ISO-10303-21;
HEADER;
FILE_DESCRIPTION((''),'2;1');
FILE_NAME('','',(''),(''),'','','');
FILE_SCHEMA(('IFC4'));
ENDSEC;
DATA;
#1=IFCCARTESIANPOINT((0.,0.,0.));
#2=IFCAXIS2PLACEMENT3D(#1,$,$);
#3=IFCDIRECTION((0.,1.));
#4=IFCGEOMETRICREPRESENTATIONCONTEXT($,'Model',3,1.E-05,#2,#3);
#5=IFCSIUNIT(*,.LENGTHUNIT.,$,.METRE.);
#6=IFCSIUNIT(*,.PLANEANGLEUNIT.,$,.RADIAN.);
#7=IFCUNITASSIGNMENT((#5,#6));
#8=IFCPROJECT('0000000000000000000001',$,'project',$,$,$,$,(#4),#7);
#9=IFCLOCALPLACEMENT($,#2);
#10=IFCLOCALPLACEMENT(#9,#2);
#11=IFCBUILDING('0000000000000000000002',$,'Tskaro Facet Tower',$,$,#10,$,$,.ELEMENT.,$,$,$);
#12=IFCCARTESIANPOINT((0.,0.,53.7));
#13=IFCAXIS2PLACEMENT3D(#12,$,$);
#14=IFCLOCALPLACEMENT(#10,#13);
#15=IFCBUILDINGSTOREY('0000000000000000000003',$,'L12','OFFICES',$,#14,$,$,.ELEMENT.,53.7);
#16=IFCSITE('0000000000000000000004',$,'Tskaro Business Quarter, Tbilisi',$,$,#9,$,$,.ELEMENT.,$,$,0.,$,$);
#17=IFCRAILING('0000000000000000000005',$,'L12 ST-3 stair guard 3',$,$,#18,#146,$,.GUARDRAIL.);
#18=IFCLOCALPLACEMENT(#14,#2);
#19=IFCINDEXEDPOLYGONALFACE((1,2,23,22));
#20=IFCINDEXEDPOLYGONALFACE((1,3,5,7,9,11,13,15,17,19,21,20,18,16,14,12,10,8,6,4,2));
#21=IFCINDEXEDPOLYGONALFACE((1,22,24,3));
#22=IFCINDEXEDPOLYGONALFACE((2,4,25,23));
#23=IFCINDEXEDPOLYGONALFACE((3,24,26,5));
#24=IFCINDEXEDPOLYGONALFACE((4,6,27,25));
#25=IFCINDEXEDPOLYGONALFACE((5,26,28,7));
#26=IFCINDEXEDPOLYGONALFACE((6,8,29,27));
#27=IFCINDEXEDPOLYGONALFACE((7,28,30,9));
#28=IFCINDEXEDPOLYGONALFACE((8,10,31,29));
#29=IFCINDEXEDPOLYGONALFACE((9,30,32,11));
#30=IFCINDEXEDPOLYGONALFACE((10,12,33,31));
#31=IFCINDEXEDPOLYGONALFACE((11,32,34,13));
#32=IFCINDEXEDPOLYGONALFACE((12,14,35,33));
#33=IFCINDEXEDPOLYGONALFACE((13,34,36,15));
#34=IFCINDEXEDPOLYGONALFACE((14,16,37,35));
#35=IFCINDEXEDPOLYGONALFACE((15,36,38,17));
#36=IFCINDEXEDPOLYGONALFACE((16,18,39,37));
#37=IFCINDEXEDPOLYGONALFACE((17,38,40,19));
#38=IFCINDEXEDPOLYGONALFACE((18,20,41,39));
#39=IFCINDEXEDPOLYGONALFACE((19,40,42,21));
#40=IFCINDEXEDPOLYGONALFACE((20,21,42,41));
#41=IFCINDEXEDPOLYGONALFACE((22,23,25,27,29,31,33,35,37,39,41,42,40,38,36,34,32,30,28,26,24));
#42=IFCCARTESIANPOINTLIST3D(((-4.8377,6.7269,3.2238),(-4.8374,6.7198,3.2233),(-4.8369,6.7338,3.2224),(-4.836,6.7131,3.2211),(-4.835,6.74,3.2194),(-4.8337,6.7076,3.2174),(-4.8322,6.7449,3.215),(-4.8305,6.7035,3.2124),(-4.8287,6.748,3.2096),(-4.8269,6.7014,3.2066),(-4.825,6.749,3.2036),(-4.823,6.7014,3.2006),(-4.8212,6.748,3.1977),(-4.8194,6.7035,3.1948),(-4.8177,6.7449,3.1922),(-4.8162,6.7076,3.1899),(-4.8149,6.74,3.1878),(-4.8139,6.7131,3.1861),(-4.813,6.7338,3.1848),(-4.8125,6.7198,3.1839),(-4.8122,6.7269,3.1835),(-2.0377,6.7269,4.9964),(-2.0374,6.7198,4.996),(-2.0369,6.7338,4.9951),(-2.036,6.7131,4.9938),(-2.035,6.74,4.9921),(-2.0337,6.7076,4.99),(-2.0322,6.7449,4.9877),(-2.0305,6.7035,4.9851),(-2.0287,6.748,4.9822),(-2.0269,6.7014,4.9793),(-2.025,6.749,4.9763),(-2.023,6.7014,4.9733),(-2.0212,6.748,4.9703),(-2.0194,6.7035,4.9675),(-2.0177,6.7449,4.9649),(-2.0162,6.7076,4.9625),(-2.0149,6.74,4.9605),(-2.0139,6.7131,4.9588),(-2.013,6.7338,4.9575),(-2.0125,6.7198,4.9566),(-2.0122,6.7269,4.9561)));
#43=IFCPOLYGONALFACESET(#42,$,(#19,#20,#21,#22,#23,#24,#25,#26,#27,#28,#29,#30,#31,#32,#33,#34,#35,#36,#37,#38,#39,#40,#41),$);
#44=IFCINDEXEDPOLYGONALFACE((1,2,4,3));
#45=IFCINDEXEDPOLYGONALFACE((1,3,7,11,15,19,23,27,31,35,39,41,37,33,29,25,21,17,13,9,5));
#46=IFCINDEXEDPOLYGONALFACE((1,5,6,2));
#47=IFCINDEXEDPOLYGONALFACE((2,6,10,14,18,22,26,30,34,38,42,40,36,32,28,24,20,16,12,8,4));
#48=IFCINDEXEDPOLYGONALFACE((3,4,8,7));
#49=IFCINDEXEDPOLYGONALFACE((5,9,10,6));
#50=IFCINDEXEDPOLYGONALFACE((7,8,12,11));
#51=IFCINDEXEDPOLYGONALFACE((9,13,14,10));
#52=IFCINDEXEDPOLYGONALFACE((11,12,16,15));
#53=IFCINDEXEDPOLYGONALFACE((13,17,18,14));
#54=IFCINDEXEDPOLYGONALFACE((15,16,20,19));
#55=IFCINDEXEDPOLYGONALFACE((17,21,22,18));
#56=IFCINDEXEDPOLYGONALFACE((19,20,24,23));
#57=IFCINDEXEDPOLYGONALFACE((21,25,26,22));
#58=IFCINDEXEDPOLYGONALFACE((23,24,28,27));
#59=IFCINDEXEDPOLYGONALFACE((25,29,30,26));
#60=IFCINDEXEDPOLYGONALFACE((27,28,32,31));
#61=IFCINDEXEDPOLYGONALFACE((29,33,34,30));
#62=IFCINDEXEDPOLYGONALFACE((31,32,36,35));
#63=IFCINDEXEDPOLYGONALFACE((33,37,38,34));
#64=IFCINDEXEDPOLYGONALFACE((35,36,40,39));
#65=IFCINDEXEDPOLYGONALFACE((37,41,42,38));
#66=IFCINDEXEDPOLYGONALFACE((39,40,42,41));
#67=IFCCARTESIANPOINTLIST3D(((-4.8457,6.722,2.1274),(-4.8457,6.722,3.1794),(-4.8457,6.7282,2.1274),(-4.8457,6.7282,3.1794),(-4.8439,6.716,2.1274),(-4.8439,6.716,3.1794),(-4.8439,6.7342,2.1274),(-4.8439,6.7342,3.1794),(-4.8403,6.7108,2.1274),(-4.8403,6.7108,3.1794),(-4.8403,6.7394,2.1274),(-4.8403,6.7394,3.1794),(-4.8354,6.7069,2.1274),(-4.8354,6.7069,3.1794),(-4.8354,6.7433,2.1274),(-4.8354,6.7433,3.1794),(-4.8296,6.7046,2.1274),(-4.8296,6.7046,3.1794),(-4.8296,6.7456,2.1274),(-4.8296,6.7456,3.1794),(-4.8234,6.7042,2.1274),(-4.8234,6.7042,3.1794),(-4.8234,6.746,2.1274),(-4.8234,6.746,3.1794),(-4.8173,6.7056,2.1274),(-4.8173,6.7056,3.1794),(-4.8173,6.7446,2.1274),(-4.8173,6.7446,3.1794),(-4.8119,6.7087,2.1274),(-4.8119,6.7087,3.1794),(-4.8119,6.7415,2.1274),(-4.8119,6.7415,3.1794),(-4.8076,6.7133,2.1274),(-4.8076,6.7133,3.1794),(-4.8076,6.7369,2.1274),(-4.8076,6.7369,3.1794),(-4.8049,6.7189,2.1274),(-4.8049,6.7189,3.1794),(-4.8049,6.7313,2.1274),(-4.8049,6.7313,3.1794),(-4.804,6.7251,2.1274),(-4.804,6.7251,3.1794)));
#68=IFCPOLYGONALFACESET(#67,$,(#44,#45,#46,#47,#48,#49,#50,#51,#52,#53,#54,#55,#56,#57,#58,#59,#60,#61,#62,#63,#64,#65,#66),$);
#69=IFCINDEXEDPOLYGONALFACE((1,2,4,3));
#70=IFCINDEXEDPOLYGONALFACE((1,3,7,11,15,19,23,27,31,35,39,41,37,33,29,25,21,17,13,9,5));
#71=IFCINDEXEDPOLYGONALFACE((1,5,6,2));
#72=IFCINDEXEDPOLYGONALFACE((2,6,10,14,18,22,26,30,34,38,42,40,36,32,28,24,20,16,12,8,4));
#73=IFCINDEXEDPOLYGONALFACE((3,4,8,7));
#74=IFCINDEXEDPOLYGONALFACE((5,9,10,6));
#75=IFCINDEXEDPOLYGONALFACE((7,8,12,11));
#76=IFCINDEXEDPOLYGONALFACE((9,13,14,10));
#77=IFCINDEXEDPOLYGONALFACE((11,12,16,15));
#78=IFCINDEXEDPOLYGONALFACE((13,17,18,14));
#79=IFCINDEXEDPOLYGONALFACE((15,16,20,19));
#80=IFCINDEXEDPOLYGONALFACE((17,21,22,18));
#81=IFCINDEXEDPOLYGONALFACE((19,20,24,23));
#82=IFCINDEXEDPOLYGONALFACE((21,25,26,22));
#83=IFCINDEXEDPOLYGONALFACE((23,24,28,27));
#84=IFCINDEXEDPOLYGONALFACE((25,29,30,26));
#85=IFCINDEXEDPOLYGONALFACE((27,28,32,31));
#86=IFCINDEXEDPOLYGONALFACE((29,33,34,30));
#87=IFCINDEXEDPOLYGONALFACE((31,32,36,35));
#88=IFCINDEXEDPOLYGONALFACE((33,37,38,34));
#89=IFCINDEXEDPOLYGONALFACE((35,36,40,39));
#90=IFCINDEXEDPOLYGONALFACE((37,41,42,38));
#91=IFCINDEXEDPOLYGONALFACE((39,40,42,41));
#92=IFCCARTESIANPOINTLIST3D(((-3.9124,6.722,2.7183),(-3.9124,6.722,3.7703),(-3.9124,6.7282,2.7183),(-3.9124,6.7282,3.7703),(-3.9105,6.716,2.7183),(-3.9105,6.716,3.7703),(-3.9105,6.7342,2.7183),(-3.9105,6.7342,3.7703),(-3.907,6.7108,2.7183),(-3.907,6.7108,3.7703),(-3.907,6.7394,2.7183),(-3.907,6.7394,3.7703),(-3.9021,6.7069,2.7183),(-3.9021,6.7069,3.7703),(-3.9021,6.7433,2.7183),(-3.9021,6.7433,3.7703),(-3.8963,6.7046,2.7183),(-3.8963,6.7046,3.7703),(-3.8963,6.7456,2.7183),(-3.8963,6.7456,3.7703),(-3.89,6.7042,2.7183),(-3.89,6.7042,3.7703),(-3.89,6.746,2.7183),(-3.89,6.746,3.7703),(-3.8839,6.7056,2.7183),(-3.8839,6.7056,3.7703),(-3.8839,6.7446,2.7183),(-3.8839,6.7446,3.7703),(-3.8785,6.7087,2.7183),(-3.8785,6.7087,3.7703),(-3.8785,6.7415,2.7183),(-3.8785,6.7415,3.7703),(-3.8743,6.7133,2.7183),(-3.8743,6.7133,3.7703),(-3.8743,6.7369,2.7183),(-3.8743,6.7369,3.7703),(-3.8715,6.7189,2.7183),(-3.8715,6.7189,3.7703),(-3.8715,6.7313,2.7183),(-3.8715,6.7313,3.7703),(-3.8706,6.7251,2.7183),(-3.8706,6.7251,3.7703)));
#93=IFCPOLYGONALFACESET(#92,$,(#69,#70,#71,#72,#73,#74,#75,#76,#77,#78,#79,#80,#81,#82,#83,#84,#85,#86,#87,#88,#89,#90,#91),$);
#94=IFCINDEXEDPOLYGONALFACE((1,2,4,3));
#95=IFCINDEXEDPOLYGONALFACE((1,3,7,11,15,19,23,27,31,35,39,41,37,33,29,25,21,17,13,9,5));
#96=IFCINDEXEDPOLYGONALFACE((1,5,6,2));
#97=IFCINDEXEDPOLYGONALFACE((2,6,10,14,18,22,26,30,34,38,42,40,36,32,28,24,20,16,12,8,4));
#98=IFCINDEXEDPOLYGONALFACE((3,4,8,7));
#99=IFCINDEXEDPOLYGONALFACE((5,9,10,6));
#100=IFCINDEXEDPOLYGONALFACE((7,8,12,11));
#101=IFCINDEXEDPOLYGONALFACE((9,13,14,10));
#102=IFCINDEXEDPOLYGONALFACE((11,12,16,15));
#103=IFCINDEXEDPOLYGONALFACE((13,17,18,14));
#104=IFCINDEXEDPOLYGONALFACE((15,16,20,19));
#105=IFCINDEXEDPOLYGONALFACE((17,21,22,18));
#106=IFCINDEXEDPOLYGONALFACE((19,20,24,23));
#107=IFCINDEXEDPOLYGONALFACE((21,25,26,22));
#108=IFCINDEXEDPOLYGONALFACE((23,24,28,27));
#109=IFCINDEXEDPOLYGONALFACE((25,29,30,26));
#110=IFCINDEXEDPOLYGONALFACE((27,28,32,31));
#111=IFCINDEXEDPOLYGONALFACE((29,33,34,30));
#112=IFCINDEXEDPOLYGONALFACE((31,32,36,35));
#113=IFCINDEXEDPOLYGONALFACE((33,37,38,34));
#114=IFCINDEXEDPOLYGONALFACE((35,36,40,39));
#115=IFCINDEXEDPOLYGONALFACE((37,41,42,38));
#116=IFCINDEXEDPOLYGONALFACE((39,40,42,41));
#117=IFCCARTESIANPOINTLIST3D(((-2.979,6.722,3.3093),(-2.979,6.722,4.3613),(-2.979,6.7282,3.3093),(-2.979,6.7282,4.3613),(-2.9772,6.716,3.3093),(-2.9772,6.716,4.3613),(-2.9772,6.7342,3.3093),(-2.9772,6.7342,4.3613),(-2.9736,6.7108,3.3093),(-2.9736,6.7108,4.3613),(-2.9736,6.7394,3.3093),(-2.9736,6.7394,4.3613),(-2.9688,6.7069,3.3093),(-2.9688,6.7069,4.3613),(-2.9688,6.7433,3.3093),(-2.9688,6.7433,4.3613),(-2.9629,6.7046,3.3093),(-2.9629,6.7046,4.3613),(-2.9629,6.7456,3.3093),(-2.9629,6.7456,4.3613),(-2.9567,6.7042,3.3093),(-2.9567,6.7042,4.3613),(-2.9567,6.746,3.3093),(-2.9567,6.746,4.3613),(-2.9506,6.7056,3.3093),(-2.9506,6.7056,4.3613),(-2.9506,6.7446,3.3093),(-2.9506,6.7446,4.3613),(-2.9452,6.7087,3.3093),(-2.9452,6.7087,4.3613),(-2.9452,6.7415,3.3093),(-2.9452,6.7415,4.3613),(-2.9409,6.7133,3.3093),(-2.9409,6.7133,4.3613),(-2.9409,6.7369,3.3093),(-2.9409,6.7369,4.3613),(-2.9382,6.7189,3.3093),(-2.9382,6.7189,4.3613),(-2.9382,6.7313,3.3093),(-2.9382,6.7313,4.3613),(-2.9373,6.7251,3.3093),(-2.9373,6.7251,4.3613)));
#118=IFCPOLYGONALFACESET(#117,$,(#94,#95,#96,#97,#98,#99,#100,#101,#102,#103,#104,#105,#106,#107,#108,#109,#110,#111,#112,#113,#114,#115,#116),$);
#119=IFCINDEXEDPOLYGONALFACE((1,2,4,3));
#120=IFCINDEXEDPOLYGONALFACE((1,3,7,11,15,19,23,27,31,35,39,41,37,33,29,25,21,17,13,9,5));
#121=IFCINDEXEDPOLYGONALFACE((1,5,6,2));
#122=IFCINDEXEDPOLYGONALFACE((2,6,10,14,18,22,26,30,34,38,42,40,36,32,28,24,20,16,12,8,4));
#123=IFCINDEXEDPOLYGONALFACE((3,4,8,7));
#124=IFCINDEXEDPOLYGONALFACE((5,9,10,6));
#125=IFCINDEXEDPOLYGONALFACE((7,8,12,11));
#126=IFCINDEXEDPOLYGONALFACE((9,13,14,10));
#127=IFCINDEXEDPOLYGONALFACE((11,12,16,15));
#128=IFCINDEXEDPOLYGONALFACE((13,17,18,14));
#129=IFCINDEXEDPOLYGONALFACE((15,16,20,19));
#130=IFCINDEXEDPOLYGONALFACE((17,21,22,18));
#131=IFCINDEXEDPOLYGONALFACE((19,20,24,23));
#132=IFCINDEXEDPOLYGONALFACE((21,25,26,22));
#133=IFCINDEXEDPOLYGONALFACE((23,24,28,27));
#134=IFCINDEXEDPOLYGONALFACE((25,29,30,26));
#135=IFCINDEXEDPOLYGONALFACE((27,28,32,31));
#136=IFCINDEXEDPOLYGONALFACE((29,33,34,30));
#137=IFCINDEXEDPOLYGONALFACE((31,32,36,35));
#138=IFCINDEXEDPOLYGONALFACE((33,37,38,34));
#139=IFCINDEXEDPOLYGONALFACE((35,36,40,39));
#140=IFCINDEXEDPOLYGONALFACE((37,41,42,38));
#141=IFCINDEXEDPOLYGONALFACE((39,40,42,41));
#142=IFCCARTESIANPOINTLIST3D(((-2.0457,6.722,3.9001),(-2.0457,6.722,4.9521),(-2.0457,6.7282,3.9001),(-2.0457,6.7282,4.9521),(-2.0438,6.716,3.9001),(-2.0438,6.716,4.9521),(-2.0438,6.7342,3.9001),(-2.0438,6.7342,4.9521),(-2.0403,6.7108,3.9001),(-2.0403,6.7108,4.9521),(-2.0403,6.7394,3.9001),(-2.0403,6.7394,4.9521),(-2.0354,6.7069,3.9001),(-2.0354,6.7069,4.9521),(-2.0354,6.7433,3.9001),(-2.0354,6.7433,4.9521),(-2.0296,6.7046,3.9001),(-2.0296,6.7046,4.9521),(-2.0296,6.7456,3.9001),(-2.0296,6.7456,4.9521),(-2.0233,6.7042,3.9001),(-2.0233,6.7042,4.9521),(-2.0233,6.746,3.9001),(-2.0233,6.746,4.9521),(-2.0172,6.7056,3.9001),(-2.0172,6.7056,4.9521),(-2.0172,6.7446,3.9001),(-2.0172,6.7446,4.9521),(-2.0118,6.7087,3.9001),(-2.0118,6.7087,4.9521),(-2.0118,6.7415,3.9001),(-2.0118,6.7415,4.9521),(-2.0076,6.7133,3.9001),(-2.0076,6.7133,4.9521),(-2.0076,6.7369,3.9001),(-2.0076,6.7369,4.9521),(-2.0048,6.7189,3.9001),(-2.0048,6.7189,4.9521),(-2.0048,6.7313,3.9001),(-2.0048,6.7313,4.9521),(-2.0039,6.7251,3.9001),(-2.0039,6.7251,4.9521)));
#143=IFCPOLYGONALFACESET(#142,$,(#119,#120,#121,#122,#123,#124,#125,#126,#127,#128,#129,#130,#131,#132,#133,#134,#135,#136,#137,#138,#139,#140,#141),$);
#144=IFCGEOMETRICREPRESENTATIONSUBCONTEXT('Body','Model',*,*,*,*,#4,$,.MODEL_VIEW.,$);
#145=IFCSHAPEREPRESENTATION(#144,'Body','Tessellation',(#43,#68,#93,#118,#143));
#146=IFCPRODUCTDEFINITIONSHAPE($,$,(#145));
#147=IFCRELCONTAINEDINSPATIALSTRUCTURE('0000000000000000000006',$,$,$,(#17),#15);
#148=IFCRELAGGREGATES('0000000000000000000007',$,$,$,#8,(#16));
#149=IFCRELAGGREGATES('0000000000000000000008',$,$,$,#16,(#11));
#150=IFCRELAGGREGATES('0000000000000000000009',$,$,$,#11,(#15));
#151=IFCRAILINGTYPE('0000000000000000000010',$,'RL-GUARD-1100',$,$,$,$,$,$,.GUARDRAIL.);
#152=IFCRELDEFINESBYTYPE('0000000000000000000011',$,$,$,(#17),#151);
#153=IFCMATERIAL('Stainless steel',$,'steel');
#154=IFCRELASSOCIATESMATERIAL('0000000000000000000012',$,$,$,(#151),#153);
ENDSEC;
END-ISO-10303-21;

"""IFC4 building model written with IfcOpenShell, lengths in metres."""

from ifc_helpers import new_model, si_unit, direction, frame, origin, origin_2d, place, context, subcontext, project, spatial, circle, extrude, material, type_object, element, save


model = new_model("IFC4")

# Units and contexts
model_context = context("Model", 3, precision=1e-05, world=origin(), true_north=direction((0.0, 1.0)))
body_context = subcontext(model_context, "Body", "Model", "MODEL_VIEW")
ifc_project = project(units=[si_unit("LENGTHUNIT", "METRE"), si_unit("PLANEANGLEUNIT", "RADIAN")], contexts=[model_context])

# Site, building, storey
site_placement = place(None, origin())
site = spatial("IfcSite", under=ifc_project, at=site_placement, Name="Tskaro Business Quarter, Tbilisi", CompositionType="ELEMENT", RefElevation=0.0)
building_placement = place(site_placement, origin())
building = spatial("IfcBuilding", under=site, at=building_placement, Name="Tskaro Facet Tower", CompositionType="ELEMENT")
storey_placement = place(building_placement, frame((0.0, 0.0, 53.7)))
storey = spatial("IfcBuildingStorey", under=building, at=storey_placement, Name="L12", Description="OFFICES", CompositionType="ELEMENT", Elevation=53.7)

# Railing
ifc_material_1 = material(Name="Stainless steel", Category="steel")
railing_type_1 = type_object("IfcRailingType", Name="RL-GUARD-1100", PredefinedType="GUARDRAIL", material=ifc_material_1)
railing_1_placement = place(storey_placement, frame((-4.825, 6.7251, 2.1274)))
element("IfcRailing", 1, at=railing_1_placement, inside=storey, type_object=railing_type_1, Name="L12 ST-3 stair guard 3", PredefinedType="GUARDRAIL", context=body_context, shape_type="SweptSolid", body=[
    extrude(circle(Radius=0.0239, at=origin_2d()), frame((0.0, 0.0, 1.0762), z_axis=(0.844909, 0.0, 0.53491), x_axis=(0.0, 1.0, 0.0)), (0.0, 0.0, 1.0), 3.314),
    extrude(circle(Radius=0.021, at=origin_2d()), origin(), (0.0, 0.0, 1.0), 1.052),
    extrude(circle(Radius=0.021, at=origin_2d()), frame((0.9333, 0.0, 0.5908)), (0.0, 0.0, 1.0), 1.052),
    extrude(circle(Radius=0.021, at=origin_2d()), frame((1.8667, 0.0, 1.1819)), (0.0, 0.0, 1.0), 1.052),
    extrude(circle(Radius=0.021, at=origin_2d()), frame((2.8, 0.0, 1.7727)), (0.0, 0.0, 1.0), 1.052),
])

save(model, "model.ifc")
